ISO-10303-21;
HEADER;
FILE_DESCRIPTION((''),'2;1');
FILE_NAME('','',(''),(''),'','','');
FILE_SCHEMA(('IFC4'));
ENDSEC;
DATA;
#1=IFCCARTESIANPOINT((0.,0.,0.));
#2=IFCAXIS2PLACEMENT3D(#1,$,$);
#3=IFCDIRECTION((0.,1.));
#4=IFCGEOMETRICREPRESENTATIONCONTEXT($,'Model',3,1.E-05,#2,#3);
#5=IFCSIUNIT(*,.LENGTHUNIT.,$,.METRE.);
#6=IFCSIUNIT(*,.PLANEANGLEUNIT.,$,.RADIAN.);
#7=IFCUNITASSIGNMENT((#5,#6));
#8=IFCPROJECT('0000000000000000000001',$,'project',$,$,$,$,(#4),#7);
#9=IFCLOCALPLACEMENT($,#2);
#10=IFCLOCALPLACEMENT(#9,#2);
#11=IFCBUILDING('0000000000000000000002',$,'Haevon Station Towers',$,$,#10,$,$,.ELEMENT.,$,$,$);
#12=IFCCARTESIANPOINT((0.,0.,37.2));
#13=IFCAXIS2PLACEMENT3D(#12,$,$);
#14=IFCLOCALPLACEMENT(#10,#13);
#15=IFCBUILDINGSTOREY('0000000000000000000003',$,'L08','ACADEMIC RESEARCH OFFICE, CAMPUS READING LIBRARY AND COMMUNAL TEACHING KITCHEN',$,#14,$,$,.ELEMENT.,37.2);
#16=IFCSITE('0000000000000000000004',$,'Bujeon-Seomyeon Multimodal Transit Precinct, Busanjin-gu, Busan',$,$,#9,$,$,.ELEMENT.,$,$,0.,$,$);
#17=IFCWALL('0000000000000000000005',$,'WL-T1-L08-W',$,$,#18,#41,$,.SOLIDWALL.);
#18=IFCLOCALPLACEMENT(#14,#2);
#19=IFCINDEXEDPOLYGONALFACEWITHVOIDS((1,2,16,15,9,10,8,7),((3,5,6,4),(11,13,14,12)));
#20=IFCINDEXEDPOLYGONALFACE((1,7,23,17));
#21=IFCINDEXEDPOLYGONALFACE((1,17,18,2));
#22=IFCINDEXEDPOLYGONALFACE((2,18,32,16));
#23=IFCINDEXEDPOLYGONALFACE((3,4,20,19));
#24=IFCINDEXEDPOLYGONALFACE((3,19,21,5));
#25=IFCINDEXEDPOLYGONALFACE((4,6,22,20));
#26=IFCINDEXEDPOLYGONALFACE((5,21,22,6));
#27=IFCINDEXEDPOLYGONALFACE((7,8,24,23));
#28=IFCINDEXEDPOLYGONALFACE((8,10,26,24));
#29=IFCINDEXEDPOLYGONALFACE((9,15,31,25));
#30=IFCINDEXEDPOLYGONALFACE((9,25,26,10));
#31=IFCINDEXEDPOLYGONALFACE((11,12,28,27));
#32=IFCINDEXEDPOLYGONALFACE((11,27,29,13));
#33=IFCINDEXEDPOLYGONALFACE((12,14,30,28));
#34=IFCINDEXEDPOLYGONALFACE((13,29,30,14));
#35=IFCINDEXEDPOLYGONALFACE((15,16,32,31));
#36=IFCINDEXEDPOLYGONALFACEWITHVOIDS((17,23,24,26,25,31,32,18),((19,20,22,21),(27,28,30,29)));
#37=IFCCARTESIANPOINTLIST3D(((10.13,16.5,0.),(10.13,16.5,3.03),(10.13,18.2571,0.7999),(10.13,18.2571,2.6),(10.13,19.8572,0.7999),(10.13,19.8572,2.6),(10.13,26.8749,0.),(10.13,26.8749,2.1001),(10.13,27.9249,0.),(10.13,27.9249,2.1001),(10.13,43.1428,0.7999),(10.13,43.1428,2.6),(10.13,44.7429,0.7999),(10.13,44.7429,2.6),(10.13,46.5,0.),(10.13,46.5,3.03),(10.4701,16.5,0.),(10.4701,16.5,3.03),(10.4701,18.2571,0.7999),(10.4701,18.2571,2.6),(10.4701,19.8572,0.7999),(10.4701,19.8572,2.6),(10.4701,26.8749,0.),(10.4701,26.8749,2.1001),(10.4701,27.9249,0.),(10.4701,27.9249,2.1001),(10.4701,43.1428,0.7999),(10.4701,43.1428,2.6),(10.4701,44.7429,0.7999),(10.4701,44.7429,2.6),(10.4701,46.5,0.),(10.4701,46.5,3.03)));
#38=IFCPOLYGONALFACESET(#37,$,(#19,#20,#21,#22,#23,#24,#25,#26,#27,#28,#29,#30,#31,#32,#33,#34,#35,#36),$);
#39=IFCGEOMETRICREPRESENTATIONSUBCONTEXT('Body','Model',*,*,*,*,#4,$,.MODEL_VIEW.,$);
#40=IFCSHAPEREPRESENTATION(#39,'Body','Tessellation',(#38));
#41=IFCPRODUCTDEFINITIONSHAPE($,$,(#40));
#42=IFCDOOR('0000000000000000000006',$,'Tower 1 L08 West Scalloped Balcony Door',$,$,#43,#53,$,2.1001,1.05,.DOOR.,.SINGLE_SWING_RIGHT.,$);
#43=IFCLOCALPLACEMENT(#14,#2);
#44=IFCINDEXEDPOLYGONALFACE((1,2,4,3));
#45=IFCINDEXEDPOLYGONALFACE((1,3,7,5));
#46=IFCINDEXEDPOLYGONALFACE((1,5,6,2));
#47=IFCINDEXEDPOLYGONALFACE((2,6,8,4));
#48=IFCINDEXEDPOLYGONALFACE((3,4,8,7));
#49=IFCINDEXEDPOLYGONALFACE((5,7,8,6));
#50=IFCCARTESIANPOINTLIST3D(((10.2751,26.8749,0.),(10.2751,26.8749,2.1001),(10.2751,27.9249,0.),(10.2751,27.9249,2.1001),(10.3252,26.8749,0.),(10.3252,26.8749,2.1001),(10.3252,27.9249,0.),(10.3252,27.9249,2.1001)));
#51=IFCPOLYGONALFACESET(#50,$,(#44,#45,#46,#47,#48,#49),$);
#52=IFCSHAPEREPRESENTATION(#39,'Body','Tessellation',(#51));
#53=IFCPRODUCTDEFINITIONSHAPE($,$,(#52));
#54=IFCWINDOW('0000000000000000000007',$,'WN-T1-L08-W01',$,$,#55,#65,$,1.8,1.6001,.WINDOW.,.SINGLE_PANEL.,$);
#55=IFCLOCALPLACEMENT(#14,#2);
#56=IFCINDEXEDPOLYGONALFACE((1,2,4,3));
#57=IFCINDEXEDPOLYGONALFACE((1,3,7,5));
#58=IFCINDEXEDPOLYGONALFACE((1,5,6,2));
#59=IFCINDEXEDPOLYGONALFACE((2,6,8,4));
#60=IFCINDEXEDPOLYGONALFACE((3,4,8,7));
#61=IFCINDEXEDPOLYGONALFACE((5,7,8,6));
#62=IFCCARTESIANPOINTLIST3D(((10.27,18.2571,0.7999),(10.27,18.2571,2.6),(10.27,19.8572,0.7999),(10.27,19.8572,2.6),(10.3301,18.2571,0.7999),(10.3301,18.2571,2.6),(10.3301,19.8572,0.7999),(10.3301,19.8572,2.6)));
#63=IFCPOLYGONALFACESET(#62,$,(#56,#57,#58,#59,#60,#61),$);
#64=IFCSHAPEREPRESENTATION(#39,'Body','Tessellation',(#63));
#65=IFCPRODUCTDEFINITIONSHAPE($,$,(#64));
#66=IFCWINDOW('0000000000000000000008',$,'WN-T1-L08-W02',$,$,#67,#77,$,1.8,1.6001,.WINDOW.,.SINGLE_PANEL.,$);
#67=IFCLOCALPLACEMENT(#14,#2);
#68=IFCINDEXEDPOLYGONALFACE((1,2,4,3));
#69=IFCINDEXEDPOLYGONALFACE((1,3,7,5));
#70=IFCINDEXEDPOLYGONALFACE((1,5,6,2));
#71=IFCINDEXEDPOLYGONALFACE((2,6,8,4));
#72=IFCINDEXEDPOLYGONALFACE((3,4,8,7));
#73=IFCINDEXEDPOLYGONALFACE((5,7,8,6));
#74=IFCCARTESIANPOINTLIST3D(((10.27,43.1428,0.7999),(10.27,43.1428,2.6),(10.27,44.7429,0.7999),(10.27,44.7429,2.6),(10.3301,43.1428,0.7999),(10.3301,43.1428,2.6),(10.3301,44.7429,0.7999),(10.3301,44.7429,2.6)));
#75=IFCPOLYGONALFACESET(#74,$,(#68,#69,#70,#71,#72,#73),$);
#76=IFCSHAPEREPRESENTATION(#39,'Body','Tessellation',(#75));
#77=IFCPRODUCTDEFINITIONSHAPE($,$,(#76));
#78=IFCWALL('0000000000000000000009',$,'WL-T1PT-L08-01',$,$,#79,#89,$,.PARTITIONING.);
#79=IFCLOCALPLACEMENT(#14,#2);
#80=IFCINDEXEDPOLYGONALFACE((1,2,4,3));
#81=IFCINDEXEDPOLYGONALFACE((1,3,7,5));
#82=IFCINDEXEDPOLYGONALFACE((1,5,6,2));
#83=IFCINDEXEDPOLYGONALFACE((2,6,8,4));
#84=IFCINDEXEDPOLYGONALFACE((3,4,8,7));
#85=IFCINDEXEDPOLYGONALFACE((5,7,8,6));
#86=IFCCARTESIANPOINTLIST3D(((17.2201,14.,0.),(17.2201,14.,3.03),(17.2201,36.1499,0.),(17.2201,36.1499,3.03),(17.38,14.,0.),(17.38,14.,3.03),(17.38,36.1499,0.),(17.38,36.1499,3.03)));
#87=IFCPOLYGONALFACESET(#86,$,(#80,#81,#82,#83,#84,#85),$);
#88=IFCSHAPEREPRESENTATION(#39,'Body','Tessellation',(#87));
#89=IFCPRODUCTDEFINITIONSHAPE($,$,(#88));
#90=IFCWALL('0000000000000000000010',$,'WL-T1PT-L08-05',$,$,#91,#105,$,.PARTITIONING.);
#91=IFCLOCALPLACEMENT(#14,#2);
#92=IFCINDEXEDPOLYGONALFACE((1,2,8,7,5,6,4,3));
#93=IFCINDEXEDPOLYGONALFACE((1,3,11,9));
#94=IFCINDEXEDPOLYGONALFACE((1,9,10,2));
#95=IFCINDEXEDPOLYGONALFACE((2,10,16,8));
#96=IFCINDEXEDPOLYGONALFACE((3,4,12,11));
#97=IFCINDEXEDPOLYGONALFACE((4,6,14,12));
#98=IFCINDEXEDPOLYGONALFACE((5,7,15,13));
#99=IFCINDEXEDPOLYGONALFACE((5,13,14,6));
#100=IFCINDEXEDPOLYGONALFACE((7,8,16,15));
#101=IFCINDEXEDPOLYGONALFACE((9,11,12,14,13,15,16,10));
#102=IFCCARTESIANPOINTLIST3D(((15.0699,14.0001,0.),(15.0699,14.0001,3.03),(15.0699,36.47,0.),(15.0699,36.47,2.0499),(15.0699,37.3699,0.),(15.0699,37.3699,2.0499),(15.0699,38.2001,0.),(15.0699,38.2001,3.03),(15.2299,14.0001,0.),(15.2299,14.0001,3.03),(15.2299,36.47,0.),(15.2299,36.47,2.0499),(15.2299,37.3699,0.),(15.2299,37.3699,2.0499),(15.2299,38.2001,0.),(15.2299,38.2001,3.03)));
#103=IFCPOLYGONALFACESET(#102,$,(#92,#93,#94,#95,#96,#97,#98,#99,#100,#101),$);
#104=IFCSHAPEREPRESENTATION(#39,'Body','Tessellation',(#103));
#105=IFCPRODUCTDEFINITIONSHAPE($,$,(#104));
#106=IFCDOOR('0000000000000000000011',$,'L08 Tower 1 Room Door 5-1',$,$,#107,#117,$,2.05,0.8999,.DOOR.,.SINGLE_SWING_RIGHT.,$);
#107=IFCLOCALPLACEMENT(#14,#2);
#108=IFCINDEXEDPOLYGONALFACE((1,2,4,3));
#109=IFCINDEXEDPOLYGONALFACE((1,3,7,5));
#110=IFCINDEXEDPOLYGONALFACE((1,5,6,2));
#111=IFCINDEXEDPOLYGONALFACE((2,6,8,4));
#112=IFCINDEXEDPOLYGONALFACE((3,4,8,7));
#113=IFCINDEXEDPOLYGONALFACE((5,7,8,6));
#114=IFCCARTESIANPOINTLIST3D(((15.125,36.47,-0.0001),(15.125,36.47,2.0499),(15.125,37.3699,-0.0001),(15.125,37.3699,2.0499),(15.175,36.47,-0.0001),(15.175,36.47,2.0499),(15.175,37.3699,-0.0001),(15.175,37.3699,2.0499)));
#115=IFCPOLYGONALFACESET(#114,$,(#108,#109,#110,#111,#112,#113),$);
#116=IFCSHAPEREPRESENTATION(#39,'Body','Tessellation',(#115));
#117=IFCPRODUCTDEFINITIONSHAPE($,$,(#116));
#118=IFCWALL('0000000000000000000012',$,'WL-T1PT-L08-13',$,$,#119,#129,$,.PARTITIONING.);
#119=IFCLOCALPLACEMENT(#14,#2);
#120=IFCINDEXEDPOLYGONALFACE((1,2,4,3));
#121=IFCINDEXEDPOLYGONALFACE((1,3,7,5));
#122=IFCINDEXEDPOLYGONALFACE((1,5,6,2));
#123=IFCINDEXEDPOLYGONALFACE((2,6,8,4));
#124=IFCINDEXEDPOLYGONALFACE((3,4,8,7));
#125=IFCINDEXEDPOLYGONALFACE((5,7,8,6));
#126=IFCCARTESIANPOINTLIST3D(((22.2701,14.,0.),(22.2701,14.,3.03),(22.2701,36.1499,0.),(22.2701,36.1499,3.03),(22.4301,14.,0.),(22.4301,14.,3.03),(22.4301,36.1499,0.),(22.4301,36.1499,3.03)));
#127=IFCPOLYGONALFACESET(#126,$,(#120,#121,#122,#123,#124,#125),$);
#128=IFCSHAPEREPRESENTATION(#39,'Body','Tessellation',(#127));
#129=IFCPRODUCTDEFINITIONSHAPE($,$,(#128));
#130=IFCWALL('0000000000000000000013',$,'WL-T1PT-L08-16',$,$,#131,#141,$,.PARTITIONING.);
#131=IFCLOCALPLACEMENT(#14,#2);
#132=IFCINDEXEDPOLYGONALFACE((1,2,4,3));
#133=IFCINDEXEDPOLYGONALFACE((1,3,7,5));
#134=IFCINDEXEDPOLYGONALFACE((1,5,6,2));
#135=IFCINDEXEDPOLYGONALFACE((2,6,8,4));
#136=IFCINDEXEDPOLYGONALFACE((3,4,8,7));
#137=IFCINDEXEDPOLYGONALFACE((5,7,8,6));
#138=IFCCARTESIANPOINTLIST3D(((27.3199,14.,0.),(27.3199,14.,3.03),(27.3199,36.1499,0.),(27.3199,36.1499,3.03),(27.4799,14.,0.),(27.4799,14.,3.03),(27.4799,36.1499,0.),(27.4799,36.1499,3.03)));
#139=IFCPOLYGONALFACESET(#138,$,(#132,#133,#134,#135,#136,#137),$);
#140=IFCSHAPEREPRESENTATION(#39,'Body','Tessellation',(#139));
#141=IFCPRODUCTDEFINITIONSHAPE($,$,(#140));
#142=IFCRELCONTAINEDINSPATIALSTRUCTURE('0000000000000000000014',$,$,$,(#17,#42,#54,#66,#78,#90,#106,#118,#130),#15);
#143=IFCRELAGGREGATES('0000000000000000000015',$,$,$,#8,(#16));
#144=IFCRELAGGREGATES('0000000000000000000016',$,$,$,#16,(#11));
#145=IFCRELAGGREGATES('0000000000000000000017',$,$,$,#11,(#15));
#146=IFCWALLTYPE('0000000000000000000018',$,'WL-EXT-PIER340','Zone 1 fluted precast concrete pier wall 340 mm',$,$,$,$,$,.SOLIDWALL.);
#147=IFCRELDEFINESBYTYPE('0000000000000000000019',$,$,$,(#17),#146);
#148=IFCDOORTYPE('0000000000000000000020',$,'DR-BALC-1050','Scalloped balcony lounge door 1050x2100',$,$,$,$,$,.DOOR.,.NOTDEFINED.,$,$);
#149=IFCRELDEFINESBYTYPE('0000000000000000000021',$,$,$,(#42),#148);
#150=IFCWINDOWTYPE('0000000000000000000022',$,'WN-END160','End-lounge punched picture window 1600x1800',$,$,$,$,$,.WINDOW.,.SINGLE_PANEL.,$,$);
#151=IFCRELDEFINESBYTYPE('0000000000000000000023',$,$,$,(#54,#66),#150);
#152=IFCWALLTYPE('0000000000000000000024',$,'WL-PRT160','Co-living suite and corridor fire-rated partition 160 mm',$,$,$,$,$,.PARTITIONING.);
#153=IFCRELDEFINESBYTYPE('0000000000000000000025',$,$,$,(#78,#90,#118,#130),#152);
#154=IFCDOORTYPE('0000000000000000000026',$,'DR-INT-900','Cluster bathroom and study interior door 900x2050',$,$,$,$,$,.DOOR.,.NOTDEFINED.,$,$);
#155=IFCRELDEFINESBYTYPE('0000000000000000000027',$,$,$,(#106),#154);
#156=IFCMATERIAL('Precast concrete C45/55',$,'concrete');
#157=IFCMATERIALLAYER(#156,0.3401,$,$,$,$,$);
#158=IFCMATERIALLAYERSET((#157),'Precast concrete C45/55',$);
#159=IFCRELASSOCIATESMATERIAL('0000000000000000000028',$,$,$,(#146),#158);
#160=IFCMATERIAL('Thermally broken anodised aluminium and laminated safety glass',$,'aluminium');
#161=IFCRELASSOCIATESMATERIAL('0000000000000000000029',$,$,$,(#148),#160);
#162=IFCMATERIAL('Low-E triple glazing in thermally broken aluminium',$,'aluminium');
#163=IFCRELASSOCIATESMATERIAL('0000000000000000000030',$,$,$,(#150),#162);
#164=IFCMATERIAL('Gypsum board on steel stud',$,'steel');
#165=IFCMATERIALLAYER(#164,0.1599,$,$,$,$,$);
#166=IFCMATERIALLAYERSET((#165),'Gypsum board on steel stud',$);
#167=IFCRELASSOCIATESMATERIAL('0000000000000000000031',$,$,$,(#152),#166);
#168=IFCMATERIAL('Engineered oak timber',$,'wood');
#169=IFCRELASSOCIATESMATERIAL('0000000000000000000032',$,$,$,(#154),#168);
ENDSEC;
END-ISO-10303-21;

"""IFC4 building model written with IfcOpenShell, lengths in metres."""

from ifc_helpers import new_model, si_unit, direction, frame, frame_2d, origin, place, context, subcontext, project, spatial, rectangle, extrude, material, layer, layer_set, type_object, element, fill, save


model = new_model("IFC4")

# Units and contexts
model_context = context("Model", 3, precision=1e-05, world=origin(), true_north=direction((0.0, 1.0)))
body_context = subcontext(model_context, "Body", "Model", "MODEL_VIEW")
ifc_project = project(units=[si_unit("LENGTHUNIT", "METRE"), si_unit("PLANEANGLEUNIT", "RADIAN")], contexts=[model_context])

# Site, building, storey
site_placement = place(None, origin())
site = spatial("IfcSite", under=ifc_project, at=site_placement, Name="Bujeon-Seomyeon Multimodal Transit Precinct, Busanjin-gu, Busan", CompositionType="ELEMENT", RefElevation=0.0)
building_placement = place(site_placement, origin())
building = spatial("IfcBuilding", under=site, at=building_placement, Name="Haevon Station Towers", CompositionType="ELEMENT")
storey_placement = place(building_placement, frame((0.0, 0.0, 37.2)))
storey = spatial("IfcBuildingStorey", under=building, at=storey_placement, Name="L08", Description="ACADEMIC RESEARCH OFFICE, CAMPUS READING LIBRARY AND COMMUNAL TEACHING KITCHEN", CompositionType="ELEMENT", Elevation=37.2)

# Shared definitions
ifc_material_1 = material(Name="Precast concrete C45/55", Category="concrete")
ifc_layer_1 = layer(ifc_material_1, 0.3401)
ifc_layer_set_1 = layer_set([ifc_layer_1], Name="Precast concrete C45/55")
wall_type_1 = type_object("IfcWallType", Name="WL-EXT-PIER340", Description="Zone 1 fluted precast concrete pier wall 340 mm", PredefinedType="SOLIDWALL", material=ifc_layer_set_1)

# Wall, openings, door, windows
wall_1_placement = place(storey_placement, frame((10.3, 16.5, 0.0), z_axis=(0.0, 0.0, 1.0), x_axis=(0.0, 1.0, 0.0)))
wall_1 = element("IfcWall", 1, at=wall_1_placement, inside=storey, type_object=wall_type_1, Name="WL-T1-L08-W", PredefinedType="SOLIDWALL", context=body_context, shape_type="SweptSolid", body=[
    extrude(rectangle(XDim=30.0, YDim=0.3401, at=frame_2d((15.0, 0.0))), origin(), (0.0, 0.0, 1.0), 3.03),
])
opening_1_placement = place(wall_1_placement, frame((10.375, 0.0, 0.0)))
opening_1 = element("IfcOpeningElement", 2, at=opening_1_placement, cuts=wall_1, PredefinedType="OPENING", context=body_context, shape_type="SweptSolid", body=[
    extrude(rectangle(XDim=1.05, YDim=2.1001, at=frame_2d((0.5249, 1.05))), frame((0.0, 0.1799, 0.0), z_axis=(0.0, -1.0, 0.0), x_axis=(1.0, 0.0, 0.0)), (0.0, 0.0, 1.0), 0.3601),
])
opening_2_placement = place(wall_1_placement, frame((1.7571, 0.0, 0.8)))
opening_2 = element("IfcOpeningElement", 3, at=opening_2_placement, cuts=wall_1, PredefinedType="OPENING", context=body_context, shape_type="SweptSolid", body=[
    extrude(rectangle(XDim=1.6001, YDim=1.8, at=frame_2d((0.8, 0.8999))), frame((0.0, 0.1799, 0.0), z_axis=(0.0, -1.0, 0.0), x_axis=(1.0, 0.0, 0.0)), (0.0, 0.0, 1.0), 0.3601),
])
opening_3_placement = place(wall_1_placement, frame((26.6428, 0.0, 0.8)))
opening_3 = element("IfcOpeningElement", 4, at=opening_3_placement, cuts=wall_1, PredefinedType="OPENING", context=body_context, shape_type="SweptSolid", body=[
    extrude(rectangle(XDim=1.6001, YDim=1.8, at=frame_2d((0.8, 0.8999))), frame((0.0, 0.1799, 0.0), z_axis=(0.0, -1.0, 0.0), x_axis=(1.0, 0.0, 0.0)), (0.0, 0.0, 1.0), 0.3601),
])
ifc_material_2 = material(Name="Thermally broken anodised aluminium and laminated safety glass", Category="aluminium")
door_type_1 = type_object("IfcDoorType", Name="DR-BALC-1050", Description="Scalloped balcony lounge door 1050x2100", OperationType="NOTDEFINED", PredefinedType="DOOR", material=ifc_material_2)
door_1_placement = place(opening_1_placement, origin())
door_1 = element("IfcDoor", 5, at=door_1_placement, inside=storey, type_object=door_type_1, Name="Tower 1 L08 West Scalloped Balcony Door", OperationType="SINGLE_SWING_RIGHT", OverallHeight=2.1001, OverallWidth=1.05, PredefinedType="DOOR", context=body_context, shape_type="SweptSolid", body=[
    extrude(rectangle(XDim=1.05, YDim=2.1001, at=frame_2d((0.5249, 1.05))), frame((0.0, 0.0249, 0.0), z_axis=(0.0, -1.0, 0.0), x_axis=(1.0, 0.0, 0.0)), (0.0, 0.0, 1.0), 0.05),
])
fill(opening_1, door_1)
ifc_material_3 = material(Name="Low-E triple glazing in thermally broken aluminium", Category="aluminium")
window_type = type_object("IfcWindowType", Name="WN-END160", Description="End-lounge punched picture window 1600x1800", PartitioningType="SINGLE_PANEL", PredefinedType="WINDOW", material=ifc_material_3)
window_1_placement = place(opening_2_placement, origin())
window_1 = element("IfcWindow", 6, at=window_1_placement, inside=storey, type_object=window_type, Name="WN-T1-L08-W01", OverallHeight=1.8, OverallWidth=1.6001, PartitioningType="SINGLE_PANEL", PredefinedType="WINDOW", context=body_context, shape_type="SweptSolid", body=[
    extrude(rectangle(XDim=1.6001, YDim=1.8, at=frame_2d((0.8, 0.8999))), frame((0.0, 0.03, 0.0), z_axis=(0.0, -1.0, 0.0), x_axis=(1.0, 0.0, 0.0)), (0.0, 0.0, 1.0), 0.0601),
])
fill(opening_2, window_1)
window_2_placement = place(opening_3_placement, origin())
window_2 = element("IfcWindow", 7, at=window_2_placement, inside=storey, type_object=window_type, Name="WN-T1-L08-W02", OverallHeight=1.8, OverallWidth=1.6001, PartitioningType="SINGLE_PANEL", PredefinedType="WINDOW", context=body_context, shape_type="SweptSolid", body=[
    extrude(rectangle(XDim=1.6001, YDim=1.8, at=frame_2d((0.8, 0.8999))), frame((0.0, 0.03, 0.0), z_axis=(0.0, -1.0, 0.0), x_axis=(1.0, 0.0, 0.0)), (0.0, 0.0, 1.0), 0.0601),
])
fill(opening_3, window_2)

# Wall
ifc_material_4 = material(Name="Gypsum board on steel stud", Category="steel")
ifc_layer_2 = layer(ifc_material_4, 0.1599)
ifc_layer_set_2 = layer_set([ifc_layer_2], Name="Gypsum board on steel stud")
wall_type_2 = type_object("IfcWallType", Name="WL-PRT160", Description="Co-living suite and corridor fire-rated partition 160 mm", PredefinedType="PARTITIONING", material=ifc_layer_set_2)
wall_2_placement = place(storey_placement, frame((17.3, 14.0, 0.0), z_axis=(0.0, 0.0, 1.0), x_axis=(0.0, 1.0, 0.0)))
element("IfcWall", 8, at=wall_2_placement, inside=storey, type_object=wall_type_2, Name="WL-T1PT-L08-01", PredefinedType="PARTITIONING", context=body_context, shape_type="SweptSolid", body=[
    extrude(rectangle(XDim=22.1499, YDim=0.1599, at=frame_2d((11.075, 0.0))), origin(), (0.0, 0.0, 1.0), 3.03),
])

# Wall, opening, door
wall_3_placement = place(storey_placement, frame((15.1499, 14.0, 0.0), z_axis=(0.0, 0.0, 1.0), x_axis=(0.0, 1.0, 0.0)))
wall_3 = element("IfcWall", 9, at=wall_3_placement, inside=storey, type_object=wall_type_2, Name="WL-T1PT-L08-05", PredefinedType="PARTITIONING", context=body_context, shape_type="SweptSolid", body=[
    extrude(rectangle(XDim=24.2, YDim=0.1599, at=frame_2d((12.1001, 0.0))), origin(), (0.0, 0.0, 1.0), 3.03),
])
opening_4_placement = place(wall_3_placement, frame((22.47, 0.0, 0.0)))
opening_4 = element("IfcOpeningElement", 10, at=opening_4_placement, cuts=wall_3, PredefinedType="OPENING", context=body_context, shape_type="SweptSolid", body=[
    extrude(rectangle(XDim=0.8999, YDim=2.05, at=frame_2d((0.45, 1.0249))), frame((0.0, 0.0898, 0.0), z_axis=(0.0, -1.0, 0.0), x_axis=(1.0, 0.0, 0.0)), (0.0, 0.0, 1.0), 0.1799),
])
ifc_material_5 = material(Name="Engineered oak timber", Category="wood")
door_type_2 = type_object("IfcDoorType", Name="DR-INT-900", Description="Cluster bathroom and study interior door 900x2050", OperationType="NOTDEFINED", PredefinedType="DOOR", material=ifc_material_5)
door_2_placement = place(opening_4_placement, origin())
door_2 = element("IfcDoor", 11, at=door_2_placement, inside=storey, type_object=door_type_2, Name="L08 Tower 1 Room Door 5-1", OperationType="SINGLE_SWING_RIGHT", OverallHeight=2.05, OverallWidth=0.8999, PredefinedType="DOOR", context=body_context, shape_type="SweptSolid", body=[
    extrude(rectangle(XDim=0.8999, YDim=2.05, at=frame_2d((0.45, 1.0249))), frame((0.0, 0.0249, 0.0), z_axis=(0.0, -1.0, 0.0), x_axis=(1.0, 0.0, 0.0)), (0.0, 0.0, 1.0), 0.05),
])
fill(opening_4, door_2)

# Walls
for number, where, z_axis, x_axis, name in (
    (12, (22.3501, 14.0, 0.0), (0.0, 0.0, 1.0), (0.0, 1.0, 0.0), "WL-T1PT-L08-13"),
    (13, (27.3999, 14.0, 0.0), (0.0, 0.0, 1.0), (0.0, 1.0, 0.0), "WL-T1PT-L08-16"),
):
    element("IfcWall", number, at=place(storey_placement, frame(where, z_axis=z_axis, x_axis=x_axis)), inside=storey, type_object=wall_type_2, Name=name, PredefinedType="PARTITIONING", context=body_context, shape_type="SweptSolid", body=[
        extrude(rectangle(XDim=22.1499, YDim=0.1599, at=frame_2d((11.075, 0.0))), origin(), (0.0, 0.0, 1.0), 3.03),
    ])

save(model, "model.ifc")
